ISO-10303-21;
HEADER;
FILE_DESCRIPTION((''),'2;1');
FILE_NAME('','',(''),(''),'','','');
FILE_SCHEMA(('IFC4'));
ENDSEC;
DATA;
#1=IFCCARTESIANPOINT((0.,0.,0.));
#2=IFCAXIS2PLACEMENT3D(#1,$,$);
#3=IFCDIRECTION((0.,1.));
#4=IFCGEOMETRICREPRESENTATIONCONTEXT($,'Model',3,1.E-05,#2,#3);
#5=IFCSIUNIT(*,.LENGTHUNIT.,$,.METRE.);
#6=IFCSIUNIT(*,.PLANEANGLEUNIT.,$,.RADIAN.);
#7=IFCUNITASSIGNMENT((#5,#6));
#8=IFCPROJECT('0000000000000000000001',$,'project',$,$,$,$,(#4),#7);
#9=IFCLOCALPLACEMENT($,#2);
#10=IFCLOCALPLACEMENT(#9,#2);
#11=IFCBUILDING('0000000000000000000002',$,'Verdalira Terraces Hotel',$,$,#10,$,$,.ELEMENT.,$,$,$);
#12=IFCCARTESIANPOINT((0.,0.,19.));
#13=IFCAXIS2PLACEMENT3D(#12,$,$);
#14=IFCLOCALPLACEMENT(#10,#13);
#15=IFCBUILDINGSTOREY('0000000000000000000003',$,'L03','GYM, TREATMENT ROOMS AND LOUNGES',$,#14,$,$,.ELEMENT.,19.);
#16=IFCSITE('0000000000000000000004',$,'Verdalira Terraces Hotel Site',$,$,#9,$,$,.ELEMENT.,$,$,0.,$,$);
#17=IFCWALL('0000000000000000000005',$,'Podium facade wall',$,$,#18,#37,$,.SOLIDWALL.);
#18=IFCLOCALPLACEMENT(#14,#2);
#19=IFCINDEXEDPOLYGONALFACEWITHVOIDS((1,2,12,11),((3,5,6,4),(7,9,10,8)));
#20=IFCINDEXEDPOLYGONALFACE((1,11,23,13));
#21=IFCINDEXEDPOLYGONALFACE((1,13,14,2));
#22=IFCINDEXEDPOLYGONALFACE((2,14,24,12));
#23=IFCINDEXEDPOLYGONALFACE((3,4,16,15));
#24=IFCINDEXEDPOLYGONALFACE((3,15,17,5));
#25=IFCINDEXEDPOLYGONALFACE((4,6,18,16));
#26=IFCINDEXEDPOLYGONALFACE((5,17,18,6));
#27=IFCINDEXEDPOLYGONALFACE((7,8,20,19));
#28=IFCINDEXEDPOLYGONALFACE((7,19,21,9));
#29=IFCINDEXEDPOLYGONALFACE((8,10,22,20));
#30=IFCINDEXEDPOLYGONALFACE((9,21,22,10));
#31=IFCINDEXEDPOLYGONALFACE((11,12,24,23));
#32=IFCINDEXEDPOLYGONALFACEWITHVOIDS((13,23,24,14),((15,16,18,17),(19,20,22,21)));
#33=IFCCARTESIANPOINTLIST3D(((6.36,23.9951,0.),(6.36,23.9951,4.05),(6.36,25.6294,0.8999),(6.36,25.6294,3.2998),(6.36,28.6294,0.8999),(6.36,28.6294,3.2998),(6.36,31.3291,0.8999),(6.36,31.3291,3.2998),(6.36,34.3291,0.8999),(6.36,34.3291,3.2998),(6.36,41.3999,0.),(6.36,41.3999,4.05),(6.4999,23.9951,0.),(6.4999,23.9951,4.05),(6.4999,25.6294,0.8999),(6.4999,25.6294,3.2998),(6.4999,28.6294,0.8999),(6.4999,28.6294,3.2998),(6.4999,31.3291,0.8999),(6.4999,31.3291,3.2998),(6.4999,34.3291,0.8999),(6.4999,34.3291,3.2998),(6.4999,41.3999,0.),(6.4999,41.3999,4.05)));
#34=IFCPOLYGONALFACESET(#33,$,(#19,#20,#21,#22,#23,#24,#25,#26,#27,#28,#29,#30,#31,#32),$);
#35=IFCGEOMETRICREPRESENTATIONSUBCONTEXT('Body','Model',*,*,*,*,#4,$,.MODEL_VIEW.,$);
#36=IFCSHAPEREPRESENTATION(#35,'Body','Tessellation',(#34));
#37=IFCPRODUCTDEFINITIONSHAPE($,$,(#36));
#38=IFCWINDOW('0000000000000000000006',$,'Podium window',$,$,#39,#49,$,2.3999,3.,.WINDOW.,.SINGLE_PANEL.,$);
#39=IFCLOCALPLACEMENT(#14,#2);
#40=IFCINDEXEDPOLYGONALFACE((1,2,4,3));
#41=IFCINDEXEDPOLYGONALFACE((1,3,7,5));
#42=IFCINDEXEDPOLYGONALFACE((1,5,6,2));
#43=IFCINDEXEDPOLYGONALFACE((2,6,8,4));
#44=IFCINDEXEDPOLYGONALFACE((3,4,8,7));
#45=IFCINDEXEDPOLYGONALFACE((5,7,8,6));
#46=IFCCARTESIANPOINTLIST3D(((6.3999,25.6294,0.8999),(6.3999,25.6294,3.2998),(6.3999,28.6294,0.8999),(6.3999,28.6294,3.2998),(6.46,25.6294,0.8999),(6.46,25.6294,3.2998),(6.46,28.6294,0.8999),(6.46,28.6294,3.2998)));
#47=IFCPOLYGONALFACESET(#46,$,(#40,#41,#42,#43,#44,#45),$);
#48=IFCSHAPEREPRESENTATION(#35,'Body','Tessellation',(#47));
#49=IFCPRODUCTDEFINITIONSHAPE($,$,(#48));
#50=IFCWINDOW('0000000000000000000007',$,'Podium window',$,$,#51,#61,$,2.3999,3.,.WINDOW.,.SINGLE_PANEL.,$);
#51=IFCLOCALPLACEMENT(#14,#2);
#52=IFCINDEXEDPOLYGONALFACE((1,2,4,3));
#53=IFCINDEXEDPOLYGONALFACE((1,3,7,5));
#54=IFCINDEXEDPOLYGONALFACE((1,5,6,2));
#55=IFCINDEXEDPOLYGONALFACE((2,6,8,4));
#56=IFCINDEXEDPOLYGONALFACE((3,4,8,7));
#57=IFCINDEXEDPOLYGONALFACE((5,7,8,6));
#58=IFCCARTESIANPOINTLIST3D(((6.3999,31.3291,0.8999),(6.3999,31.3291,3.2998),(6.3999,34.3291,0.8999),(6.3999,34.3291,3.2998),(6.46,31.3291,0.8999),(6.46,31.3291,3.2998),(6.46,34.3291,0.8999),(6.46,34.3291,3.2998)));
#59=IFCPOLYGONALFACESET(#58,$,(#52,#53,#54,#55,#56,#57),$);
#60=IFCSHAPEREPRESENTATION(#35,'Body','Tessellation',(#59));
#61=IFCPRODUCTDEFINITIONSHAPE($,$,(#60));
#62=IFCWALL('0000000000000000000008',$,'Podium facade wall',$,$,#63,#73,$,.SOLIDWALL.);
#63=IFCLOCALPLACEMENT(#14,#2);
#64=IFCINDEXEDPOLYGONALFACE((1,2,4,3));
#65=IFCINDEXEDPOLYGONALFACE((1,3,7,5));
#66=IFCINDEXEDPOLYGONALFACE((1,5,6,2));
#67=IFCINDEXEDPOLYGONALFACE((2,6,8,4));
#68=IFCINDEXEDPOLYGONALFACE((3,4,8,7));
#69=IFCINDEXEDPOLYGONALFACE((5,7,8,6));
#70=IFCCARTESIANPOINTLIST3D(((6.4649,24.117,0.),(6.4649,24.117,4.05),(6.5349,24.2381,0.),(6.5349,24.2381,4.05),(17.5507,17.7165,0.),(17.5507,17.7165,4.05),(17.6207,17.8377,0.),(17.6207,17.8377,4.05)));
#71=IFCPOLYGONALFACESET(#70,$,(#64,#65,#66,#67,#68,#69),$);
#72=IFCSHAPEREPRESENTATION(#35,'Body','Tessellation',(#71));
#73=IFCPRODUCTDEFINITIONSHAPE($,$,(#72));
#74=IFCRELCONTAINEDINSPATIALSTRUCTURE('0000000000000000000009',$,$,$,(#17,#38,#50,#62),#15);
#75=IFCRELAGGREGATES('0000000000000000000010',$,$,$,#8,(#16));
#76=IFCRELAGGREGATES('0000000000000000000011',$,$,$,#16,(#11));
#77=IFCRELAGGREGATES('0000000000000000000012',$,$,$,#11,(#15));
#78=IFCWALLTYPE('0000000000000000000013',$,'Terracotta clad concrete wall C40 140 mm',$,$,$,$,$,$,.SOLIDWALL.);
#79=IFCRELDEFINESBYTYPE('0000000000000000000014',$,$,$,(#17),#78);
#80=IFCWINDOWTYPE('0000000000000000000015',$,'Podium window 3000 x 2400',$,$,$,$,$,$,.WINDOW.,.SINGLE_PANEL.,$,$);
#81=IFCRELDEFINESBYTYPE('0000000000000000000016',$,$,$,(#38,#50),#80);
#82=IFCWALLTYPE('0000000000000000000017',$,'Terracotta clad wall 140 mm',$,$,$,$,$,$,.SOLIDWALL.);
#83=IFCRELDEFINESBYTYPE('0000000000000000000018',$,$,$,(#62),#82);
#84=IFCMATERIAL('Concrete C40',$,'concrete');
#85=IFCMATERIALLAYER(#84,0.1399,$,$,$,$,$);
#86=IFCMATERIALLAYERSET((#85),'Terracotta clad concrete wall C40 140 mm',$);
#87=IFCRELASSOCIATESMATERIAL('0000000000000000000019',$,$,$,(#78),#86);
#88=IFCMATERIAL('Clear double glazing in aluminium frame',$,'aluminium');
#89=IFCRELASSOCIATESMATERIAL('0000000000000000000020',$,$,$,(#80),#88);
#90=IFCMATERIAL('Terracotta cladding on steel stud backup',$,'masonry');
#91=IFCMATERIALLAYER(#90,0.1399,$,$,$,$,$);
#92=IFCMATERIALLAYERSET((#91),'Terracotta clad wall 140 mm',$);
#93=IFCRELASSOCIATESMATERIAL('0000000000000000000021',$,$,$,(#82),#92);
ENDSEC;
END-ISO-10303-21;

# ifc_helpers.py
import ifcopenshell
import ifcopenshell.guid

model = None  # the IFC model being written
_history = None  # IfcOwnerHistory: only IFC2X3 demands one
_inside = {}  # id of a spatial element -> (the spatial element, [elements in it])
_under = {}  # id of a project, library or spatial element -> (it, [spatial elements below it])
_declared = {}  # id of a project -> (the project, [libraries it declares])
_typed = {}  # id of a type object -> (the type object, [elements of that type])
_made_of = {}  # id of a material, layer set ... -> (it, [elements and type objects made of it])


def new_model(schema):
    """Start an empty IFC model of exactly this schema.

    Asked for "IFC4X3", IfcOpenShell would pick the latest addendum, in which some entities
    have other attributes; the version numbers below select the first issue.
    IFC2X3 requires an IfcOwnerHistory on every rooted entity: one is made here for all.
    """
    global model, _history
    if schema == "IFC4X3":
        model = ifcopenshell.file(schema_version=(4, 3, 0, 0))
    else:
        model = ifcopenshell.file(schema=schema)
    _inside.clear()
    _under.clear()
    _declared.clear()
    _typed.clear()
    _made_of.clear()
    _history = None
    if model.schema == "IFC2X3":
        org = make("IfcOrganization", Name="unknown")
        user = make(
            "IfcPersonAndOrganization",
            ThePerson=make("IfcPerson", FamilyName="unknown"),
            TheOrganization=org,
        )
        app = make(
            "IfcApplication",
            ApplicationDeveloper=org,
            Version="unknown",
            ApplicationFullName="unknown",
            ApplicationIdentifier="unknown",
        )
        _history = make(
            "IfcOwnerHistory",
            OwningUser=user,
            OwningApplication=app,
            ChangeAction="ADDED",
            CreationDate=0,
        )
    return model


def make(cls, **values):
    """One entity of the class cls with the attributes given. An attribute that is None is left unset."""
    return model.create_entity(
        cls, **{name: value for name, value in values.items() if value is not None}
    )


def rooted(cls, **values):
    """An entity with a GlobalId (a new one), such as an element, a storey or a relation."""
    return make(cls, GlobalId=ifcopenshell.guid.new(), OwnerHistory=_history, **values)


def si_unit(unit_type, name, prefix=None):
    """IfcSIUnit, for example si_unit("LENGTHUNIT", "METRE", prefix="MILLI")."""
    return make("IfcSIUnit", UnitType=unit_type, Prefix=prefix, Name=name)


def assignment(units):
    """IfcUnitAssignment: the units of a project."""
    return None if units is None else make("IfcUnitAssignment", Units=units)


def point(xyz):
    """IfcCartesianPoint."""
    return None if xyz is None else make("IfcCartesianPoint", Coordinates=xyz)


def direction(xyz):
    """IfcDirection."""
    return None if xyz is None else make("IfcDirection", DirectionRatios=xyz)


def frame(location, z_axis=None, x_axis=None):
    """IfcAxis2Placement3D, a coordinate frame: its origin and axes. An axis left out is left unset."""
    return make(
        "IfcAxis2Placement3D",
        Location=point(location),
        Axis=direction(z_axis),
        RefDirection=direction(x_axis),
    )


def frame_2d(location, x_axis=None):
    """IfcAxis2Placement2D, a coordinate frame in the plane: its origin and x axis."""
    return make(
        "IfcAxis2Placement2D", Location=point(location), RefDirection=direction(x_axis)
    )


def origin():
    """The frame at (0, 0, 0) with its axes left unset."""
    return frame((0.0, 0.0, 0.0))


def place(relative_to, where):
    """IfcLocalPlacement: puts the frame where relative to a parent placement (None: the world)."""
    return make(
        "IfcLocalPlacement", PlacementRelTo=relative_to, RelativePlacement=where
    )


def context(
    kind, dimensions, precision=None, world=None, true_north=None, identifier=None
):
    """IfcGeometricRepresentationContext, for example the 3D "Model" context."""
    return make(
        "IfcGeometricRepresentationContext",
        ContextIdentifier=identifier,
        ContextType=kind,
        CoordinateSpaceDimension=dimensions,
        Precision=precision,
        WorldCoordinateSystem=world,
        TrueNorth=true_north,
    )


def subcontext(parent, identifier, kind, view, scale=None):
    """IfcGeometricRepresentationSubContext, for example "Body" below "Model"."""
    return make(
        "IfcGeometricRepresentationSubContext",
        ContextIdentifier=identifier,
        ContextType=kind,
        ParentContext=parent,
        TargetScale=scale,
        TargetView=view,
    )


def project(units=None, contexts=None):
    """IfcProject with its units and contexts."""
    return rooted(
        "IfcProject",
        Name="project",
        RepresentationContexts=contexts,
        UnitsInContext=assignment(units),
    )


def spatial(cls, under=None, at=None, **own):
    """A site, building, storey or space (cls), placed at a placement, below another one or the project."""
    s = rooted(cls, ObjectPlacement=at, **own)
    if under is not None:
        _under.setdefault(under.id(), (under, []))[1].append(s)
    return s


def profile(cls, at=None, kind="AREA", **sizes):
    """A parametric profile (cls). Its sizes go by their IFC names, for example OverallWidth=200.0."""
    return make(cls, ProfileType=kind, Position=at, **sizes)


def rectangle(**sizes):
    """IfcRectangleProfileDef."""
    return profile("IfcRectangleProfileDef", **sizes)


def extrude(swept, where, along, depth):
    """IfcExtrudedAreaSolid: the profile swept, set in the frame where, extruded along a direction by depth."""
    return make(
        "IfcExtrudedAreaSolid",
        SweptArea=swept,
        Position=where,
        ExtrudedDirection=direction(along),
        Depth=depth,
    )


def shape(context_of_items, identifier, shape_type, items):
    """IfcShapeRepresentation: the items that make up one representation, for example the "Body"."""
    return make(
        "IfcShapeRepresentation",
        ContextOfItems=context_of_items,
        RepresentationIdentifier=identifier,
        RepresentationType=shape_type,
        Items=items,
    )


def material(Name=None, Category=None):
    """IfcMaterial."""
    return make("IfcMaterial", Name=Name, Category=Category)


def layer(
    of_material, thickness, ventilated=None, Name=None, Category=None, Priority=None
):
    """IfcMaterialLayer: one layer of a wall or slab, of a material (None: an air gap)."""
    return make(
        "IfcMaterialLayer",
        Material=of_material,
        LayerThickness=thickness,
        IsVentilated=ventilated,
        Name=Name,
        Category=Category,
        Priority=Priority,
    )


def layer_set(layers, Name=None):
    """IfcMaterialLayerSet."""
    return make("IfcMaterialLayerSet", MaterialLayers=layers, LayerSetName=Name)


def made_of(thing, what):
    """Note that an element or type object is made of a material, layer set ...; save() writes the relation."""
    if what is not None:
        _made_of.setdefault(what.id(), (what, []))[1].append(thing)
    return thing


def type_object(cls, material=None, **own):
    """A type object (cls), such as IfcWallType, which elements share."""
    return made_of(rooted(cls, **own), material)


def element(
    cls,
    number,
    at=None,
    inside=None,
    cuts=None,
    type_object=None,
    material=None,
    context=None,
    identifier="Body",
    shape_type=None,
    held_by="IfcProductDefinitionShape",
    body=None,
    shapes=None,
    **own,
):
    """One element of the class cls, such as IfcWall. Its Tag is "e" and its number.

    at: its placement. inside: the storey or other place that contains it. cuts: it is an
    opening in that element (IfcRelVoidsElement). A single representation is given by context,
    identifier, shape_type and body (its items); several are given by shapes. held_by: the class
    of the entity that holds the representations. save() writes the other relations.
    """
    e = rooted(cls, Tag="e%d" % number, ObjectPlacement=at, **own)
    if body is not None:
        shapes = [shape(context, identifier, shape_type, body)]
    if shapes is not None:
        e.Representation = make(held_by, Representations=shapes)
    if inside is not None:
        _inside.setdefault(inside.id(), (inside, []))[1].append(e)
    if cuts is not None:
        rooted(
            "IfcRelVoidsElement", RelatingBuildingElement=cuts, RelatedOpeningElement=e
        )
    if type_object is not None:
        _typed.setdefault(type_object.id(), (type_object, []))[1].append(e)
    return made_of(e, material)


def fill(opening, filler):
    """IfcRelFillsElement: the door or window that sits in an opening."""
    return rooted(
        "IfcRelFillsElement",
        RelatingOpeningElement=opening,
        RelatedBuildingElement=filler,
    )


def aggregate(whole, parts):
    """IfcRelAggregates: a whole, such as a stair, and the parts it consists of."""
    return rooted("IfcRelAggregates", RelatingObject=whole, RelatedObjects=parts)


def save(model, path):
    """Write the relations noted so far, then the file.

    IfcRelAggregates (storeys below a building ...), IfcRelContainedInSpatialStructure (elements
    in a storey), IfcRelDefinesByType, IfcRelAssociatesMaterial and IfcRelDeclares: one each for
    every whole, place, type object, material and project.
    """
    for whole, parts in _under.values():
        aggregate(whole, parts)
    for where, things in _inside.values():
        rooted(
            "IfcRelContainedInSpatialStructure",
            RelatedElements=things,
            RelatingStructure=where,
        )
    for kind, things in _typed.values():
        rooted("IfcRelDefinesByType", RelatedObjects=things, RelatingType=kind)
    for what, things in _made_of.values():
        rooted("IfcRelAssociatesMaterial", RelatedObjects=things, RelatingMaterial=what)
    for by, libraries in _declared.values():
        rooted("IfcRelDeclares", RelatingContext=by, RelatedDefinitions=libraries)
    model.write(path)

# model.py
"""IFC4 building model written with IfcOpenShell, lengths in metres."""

from ifc_helpers import new_model, si_unit, direction, frame, frame_2d, origin, place, context, subcontext, project, spatial, rectangle, extrude, material, layer, layer_set, type_object, element, fill, save


model = new_model("IFC4")

# Units and contexts
model_context = context("Model", 3, precision=1e-05, world=origin(), true_north=direction((0.0, 1.0)))
body_context = subcontext(model_context, "Body", "Model", "MODEL_VIEW")
ifc_project = project(units=[si_unit("LENGTHUNIT", "METRE"), si_unit("PLANEANGLEUNIT", "RADIAN")], contexts=[model_context])

# Site, building, storey
site_placement = place(None, origin())
site = spatial("IfcSite", under=ifc_project, at=site_placement, Name="Verdalira Terraces Hotel Site", CompositionType="ELEMENT", RefElevation=0.0)
building_placement = place(site_placement, origin())
building = spatial("IfcBuilding", under=site, at=building_placement, Name="Verdalira Terraces Hotel", CompositionType="ELEMENT")
storey_placement = place(building_placement, frame((0.0, 0.0, 19.0)))
storey = spatial("IfcBuildingStorey", under=building, at=storey_placement, Name="L03", Description="GYM, TREATMENT ROOMS AND LOUNGES", CompositionType="ELEMENT", Elevation=19.0)

# Wall, openings, windows
ifc_material_1 = material(Name="Concrete C40", Category="concrete")
ifc_layer_1 = layer(ifc_material_1, 0.1399)
ifc_layer_set_1 = layer_set([ifc_layer_1], Name="Terracotta clad concrete wall C40 140 mm")
wall_type_1 = type_object("IfcWallType", Name="Terracotta clad concrete wall C40 140 mm", PredefinedType="SOLIDWALL", material=ifc_layer_set_1)
wall_1_placement = place(storey_placement, frame((6.4299, 23.9951, 0.0), z_axis=(0.0, 0.0, 1.0), x_axis=(0.0, 1.0, 0.0)))
wall_1 = element("IfcWall", 1, at=wall_1_placement, inside=storey, type_object=wall_type_1, Name="Podium facade wall", PredefinedType="SOLIDWALL", context=body_context, shape_type="SweptSolid", body=[
    extrude(rectangle(XDim=17.4048, YDim=0.1399, at=frame_2d((8.7024, 0.0))), origin(), (0.0, 0.0, 1.0), 4.05),
])
opening_1_placement = place(wall_1_placement, frame((1.6343, 0.0, 0.8999)))
opening_1 = element("IfcOpeningElement", 2, at=opening_1_placement, cuts=wall_1, PredefinedType="OPENING", context=body_context, shape_type="SweptSolid", body=[
    extrude(rectangle(XDim=3.0, YDim=2.3999, at=frame_2d((1.5, 1.2))), frame((0.0, 0.0798, 0.0), z_axis=(0.0, -1.0, 0.0), x_axis=(1.0, 0.0, 0.0)), (0.0, 0.0, 1.0), 0.1599),
])
opening_2_placement = place(wall_1_placement, frame((7.334, 0.0, 0.8999)))
opening_2 = element("IfcOpeningElement", 3, at=opening_2_placement, cuts=wall_1, PredefinedType="OPENING", context=body_context, shape_type="SweptSolid", body=[
    extrude(rectangle(XDim=3.0, YDim=2.3999, at=frame_2d((1.5, 1.2))), frame((0.0, 0.0798, 0.0), z_axis=(0.0, -1.0, 0.0), x_axis=(1.0, 0.0, 0.0)), (0.0, 0.0, 1.0), 0.1599),
])
ifc_material_2 = material(Name="Clear double glazing in aluminium frame", Category="aluminium")
window_type = type_object("IfcWindowType", Name="Podium window 3000 x 2400", PartitioningType="SINGLE_PANEL", PredefinedType="WINDOW", material=ifc_material_2)
window_1_placement = place(opening_1_placement, origin())
window_1 = element("IfcWindow", 4, at=window_1_placement, inside=storey, type_object=window_type, Name="Podium window", OverallHeight=2.3999, OverallWidth=3.0, PartitioningType="SINGLE_PANEL", PredefinedType="WINDOW", context=body_context, shape_type="SweptSolid", body=[
    extrude(rectangle(XDim=3.0, YDim=2.3999, at=frame_2d((1.5, 1.2))), frame((0.0, 0.03, 0.0), z_axis=(0.0, -1.0, 0.0), x_axis=(1.0, 0.0, 0.0)), (0.0, 0.0, 1.0), 0.0601),
])
fill(opening_1, window_1)
window_2_placement = place(opening_2_placement, origin())
window_2 = element("IfcWindow", 5, at=window_2_placement, inside=storey, type_object=window_type, Name="Podium window", OverallHeight=2.3999, OverallWidth=3.0, PartitioningType="SINGLE_PANEL", PredefinedType="WINDOW", context=body_context, shape_type="SweptSolid", body=[
    extrude(rectangle(XDim=3.0, YDim=2.3999, at=frame_2d((1.5, 1.2))), frame((0.0, 0.03, 0.0), z_axis=(0.0, -1.0, 0.0), x_axis=(1.0, 0.0, 0.0)), (0.0, 0.0, 1.0), 0.0601),
])
fill(opening_2, window_2)

# Wall
ifc_material_3 = material(Name="Terracotta cladding on steel stud backup", Category="masonry")
ifc_layer_2 = layer(ifc_material_3, 0.1399)
ifc_layer_set_2 = layer_set([ifc_layer_2], Name="Terracotta clad wall 140 mm")
wall_type_2 = type_object("IfcWallType", Name="Terracotta clad wall 140 mm", PredefinedType="SOLIDWALL", material=ifc_layer_set_2)
wall_2_placement = place(storey_placement, frame((17.5857, 17.7771, 0.0), z_axis=(0.0, 0.0, 1.0), x_axis=(-0.866023, 0.500004, 0.0)))
element("IfcWall", 6, at=wall_2_placement, inside=storey, type_object=wall_type_2, Name="Podium facade wall", PredefinedType="SOLIDWALL", context=body_context, shape_type="SweptSolid", body=[
    extrude(rectangle(XDim=12.8008, YDim=0.1399, at=frame_2d((6.4004, 0.0))), origin(), (0.0, 0.0, 1.0), 4.05),
])

save(model, "model.ifc")
